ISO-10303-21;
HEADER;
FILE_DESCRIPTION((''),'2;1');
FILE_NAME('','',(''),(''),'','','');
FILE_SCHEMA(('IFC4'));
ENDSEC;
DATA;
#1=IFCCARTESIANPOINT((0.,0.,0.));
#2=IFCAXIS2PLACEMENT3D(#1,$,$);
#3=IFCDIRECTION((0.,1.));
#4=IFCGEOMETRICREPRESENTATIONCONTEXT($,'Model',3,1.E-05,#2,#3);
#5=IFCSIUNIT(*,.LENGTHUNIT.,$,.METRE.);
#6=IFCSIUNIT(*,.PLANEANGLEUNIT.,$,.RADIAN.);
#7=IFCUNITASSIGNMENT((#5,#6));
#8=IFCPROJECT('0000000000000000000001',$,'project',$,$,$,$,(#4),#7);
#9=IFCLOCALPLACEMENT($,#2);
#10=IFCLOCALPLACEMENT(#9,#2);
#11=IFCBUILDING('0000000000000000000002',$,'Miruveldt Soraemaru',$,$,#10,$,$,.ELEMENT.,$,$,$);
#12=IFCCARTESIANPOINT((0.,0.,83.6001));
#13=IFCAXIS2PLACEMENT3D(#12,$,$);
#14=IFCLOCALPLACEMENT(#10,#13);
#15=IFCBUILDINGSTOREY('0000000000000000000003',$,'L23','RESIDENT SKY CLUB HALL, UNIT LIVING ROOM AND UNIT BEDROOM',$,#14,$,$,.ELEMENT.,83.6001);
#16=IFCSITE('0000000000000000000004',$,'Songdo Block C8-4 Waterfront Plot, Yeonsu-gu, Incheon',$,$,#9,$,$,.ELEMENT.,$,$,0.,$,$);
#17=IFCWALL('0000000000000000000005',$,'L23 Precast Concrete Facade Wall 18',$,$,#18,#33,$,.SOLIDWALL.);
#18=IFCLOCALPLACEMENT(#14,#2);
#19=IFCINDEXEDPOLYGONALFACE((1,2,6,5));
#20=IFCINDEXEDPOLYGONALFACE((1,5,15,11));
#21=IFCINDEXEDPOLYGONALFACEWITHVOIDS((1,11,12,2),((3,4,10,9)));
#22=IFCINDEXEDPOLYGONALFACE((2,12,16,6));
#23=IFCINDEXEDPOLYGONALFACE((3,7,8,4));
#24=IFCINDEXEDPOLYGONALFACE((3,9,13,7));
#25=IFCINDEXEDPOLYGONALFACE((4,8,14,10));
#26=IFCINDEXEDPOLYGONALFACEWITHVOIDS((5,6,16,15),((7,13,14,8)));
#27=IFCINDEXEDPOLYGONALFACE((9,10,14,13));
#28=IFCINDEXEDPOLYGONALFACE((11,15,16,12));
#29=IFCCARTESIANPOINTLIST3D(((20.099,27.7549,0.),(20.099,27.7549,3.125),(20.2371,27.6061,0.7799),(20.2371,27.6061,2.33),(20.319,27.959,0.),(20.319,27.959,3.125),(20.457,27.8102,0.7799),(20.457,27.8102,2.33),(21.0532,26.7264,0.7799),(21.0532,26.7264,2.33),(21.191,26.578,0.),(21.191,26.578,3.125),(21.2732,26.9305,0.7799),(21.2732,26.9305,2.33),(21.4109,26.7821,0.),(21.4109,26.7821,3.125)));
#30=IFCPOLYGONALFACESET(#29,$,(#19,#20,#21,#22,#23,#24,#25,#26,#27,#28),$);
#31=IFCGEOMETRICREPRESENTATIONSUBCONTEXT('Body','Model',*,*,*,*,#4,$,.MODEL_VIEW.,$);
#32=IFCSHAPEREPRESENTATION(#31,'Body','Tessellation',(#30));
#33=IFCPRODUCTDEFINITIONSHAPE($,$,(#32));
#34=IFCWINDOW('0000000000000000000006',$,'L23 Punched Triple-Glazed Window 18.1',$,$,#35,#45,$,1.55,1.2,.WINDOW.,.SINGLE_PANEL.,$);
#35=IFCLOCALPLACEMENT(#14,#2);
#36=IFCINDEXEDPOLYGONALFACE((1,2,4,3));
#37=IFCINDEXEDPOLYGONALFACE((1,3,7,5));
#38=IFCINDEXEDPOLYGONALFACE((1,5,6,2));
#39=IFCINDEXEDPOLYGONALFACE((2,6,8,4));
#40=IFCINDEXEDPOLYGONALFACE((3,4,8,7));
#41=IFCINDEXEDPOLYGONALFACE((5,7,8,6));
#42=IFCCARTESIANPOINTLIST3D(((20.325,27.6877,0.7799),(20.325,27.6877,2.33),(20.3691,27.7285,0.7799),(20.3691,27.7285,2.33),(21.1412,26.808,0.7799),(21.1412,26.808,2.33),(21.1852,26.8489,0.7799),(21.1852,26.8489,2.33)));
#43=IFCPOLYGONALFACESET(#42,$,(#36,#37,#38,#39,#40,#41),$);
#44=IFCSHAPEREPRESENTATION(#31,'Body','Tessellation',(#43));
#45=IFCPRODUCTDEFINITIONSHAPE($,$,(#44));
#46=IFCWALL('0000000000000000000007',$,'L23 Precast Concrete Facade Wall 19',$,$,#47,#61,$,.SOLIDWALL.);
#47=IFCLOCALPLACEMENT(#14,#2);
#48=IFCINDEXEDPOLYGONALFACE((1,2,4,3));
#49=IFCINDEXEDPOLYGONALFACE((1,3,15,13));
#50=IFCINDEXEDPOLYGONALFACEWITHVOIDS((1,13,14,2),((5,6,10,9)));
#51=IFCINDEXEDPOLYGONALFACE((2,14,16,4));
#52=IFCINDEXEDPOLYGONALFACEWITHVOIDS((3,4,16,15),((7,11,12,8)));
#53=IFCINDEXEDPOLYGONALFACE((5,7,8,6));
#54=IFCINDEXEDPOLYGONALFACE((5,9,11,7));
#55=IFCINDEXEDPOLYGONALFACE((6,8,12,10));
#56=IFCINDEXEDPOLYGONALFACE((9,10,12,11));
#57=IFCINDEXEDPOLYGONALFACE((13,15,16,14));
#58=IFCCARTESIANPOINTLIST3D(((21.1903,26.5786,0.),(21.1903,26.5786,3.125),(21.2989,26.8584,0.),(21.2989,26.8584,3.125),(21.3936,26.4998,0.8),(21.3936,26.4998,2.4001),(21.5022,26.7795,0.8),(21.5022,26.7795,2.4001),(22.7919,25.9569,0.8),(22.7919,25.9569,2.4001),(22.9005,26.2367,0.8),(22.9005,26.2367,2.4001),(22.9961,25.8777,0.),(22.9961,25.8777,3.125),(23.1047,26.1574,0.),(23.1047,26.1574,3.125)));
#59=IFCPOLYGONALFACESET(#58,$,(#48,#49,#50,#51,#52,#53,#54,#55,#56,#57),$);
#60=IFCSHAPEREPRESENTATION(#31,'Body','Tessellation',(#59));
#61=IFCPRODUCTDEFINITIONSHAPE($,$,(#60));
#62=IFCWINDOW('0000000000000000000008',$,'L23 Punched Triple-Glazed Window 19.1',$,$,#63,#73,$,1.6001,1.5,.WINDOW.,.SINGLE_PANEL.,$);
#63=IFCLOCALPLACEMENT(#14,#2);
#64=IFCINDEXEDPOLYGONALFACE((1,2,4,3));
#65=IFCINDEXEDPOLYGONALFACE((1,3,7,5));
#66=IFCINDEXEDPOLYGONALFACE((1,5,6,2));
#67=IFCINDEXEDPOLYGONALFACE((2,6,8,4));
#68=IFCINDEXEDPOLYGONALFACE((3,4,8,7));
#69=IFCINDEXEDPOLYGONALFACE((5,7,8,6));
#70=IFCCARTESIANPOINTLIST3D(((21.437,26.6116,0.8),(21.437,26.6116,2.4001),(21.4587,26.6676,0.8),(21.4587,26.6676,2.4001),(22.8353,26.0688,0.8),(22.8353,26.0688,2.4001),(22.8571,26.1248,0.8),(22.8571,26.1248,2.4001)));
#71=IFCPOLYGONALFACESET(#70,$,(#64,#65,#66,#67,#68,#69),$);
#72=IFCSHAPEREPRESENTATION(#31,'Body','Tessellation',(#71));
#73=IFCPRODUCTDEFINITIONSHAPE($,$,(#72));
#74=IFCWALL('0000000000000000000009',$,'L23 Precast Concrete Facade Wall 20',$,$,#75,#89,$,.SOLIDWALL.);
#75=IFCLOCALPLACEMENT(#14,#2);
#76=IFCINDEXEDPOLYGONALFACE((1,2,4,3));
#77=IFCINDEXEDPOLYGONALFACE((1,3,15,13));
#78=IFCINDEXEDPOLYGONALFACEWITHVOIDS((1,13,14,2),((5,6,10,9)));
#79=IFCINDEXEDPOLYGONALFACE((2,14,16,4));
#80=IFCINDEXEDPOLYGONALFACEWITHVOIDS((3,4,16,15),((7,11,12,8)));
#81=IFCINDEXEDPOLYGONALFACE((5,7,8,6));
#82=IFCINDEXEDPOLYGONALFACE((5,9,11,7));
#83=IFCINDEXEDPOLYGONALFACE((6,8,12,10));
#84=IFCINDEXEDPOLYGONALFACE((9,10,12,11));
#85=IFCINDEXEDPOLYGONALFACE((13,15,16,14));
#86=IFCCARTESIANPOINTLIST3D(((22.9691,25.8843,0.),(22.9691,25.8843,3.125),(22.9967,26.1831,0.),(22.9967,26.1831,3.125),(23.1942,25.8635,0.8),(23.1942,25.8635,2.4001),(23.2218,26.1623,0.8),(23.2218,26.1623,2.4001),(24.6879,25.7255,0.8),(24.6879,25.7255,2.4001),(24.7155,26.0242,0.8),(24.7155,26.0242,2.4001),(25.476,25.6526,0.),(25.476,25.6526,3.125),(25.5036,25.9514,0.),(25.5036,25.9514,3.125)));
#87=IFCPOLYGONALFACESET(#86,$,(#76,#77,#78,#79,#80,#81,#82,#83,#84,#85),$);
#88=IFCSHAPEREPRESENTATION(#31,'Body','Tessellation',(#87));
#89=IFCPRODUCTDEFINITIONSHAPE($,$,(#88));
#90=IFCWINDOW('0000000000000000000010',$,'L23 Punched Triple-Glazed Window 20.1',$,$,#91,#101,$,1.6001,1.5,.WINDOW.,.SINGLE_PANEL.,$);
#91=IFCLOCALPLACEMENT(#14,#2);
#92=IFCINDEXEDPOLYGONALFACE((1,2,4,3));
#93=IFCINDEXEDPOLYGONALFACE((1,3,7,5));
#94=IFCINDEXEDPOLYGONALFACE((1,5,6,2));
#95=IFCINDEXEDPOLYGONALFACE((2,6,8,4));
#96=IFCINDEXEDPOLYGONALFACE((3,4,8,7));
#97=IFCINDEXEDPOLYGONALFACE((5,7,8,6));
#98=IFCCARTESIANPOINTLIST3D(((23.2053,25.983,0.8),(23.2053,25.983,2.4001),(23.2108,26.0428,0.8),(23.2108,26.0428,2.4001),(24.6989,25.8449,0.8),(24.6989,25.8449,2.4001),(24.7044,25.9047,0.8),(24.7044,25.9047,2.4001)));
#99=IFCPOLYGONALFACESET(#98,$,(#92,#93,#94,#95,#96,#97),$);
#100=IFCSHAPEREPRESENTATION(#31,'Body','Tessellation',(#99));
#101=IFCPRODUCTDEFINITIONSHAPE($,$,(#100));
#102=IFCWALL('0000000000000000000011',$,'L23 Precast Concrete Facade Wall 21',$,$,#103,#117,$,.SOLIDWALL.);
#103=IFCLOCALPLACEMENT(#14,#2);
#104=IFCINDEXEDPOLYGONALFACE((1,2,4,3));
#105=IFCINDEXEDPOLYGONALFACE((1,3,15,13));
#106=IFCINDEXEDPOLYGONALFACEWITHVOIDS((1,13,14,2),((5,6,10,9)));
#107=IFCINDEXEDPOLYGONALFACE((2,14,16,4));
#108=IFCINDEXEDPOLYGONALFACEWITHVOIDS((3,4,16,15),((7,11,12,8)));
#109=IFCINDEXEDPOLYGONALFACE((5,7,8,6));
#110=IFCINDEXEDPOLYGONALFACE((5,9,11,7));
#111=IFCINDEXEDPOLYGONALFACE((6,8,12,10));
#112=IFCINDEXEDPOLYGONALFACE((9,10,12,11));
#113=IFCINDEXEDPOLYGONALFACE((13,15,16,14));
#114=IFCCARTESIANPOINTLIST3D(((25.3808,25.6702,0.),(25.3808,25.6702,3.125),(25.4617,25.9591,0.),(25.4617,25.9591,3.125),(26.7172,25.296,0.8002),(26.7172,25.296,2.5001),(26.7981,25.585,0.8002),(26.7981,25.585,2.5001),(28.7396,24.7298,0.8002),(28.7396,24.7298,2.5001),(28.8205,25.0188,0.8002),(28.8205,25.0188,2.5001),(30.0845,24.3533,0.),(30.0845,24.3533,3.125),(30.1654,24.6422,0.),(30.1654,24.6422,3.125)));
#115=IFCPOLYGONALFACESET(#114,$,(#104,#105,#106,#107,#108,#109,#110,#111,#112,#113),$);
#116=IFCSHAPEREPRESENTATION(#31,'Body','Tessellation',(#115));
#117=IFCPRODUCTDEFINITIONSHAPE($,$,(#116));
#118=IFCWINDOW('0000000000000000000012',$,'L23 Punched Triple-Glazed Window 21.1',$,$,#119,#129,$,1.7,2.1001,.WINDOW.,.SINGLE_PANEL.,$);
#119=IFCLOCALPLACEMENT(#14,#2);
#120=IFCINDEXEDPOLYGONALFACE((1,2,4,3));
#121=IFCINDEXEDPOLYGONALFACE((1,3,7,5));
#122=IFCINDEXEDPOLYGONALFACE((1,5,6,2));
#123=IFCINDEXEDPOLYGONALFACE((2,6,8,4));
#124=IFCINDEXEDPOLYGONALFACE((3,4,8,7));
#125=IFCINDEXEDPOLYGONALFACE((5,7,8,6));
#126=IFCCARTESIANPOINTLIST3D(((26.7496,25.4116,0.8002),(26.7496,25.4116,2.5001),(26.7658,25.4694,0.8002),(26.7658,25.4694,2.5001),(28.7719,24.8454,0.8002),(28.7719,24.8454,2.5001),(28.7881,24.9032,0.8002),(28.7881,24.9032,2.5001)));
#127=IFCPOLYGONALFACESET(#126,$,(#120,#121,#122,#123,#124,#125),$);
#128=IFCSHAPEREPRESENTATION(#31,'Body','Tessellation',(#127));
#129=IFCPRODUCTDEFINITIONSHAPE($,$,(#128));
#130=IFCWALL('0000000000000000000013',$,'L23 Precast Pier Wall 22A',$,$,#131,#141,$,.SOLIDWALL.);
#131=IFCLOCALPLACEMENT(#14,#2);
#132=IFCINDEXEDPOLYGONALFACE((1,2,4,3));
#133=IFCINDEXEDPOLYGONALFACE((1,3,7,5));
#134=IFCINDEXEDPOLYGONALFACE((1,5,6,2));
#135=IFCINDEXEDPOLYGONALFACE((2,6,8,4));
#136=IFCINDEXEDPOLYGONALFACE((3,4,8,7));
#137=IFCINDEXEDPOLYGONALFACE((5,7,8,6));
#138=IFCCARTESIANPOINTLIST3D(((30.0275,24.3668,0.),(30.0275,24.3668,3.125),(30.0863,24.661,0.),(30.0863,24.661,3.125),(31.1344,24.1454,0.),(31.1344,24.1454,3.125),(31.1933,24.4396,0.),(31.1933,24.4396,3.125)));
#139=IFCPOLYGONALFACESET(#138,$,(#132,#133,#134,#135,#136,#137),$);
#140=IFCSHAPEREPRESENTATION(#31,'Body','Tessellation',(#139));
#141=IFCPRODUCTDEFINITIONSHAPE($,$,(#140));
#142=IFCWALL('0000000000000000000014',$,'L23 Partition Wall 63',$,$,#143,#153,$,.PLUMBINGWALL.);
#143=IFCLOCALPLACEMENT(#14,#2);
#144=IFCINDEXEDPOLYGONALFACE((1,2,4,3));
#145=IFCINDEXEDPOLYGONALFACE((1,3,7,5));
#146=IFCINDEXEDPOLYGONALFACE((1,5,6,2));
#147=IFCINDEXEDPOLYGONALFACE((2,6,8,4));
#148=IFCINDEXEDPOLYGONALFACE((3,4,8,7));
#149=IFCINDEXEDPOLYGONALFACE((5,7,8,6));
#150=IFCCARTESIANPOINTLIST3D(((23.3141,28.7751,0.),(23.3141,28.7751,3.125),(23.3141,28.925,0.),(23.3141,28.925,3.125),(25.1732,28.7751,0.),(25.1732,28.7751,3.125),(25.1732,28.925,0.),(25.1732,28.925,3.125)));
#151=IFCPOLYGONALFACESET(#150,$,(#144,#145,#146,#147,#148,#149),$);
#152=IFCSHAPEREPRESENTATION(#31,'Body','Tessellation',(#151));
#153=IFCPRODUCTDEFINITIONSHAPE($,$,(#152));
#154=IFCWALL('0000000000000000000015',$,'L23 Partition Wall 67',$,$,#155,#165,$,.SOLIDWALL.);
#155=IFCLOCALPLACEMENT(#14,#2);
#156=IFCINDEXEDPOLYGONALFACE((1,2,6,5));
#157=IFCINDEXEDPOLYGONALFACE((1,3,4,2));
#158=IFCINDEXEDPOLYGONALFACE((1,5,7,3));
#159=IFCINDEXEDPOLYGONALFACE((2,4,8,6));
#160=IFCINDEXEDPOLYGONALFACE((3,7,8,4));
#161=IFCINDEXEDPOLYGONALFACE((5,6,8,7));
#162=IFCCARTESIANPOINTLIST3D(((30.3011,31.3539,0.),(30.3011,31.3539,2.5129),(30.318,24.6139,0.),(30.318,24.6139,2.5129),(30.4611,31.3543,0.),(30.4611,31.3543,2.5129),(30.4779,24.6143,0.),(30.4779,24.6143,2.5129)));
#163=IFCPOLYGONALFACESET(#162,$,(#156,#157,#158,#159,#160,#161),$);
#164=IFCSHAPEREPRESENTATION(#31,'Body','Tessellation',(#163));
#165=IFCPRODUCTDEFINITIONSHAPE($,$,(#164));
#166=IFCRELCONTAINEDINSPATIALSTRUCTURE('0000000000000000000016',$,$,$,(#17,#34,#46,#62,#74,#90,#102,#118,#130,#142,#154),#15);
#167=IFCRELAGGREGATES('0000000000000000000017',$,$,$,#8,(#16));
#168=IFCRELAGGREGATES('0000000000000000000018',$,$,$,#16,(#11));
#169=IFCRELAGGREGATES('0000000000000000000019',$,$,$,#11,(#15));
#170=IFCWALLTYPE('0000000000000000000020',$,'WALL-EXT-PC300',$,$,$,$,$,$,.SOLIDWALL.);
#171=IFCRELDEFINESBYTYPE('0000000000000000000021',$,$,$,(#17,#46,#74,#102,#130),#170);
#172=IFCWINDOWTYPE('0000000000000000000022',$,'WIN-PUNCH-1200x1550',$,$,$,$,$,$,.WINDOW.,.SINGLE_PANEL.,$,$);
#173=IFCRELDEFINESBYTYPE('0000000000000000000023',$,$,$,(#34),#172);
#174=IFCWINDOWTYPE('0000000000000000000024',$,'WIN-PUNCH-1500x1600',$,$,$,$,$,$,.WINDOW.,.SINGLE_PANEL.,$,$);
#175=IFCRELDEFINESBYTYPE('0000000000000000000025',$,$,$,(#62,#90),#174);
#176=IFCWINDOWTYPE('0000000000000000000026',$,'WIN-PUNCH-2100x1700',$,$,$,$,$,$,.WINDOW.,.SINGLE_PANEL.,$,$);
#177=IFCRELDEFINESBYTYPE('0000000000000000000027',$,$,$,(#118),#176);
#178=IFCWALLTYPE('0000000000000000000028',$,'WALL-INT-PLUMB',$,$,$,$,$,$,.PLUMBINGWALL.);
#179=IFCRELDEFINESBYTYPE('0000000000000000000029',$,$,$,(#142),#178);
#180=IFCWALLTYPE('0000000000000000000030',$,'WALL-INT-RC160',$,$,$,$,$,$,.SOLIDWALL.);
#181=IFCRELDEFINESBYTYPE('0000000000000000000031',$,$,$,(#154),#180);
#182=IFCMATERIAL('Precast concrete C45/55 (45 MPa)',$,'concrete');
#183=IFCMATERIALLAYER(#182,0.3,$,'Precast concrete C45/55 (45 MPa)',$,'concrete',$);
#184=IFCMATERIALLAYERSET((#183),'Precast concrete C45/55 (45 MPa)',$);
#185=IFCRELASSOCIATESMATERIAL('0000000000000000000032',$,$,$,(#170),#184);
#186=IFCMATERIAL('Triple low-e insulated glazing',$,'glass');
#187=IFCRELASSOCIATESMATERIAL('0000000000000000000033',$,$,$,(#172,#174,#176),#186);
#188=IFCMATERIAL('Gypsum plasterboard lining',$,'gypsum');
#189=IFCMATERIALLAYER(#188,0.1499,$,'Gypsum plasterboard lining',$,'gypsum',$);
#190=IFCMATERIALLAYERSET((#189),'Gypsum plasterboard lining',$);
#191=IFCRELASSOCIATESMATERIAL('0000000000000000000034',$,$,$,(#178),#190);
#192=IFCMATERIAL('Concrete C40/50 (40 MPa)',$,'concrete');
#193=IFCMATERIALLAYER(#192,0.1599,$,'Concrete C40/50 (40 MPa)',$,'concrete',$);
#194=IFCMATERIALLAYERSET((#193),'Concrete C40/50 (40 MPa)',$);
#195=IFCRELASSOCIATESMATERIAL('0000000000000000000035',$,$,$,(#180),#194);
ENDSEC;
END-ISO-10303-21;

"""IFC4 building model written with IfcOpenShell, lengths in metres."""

from ifc_helpers import new_model, si_unit, direction, frame, frame_2d, origin, place, context, subcontext, project, spatial, rectangle, extrude, material, layer, layer_set, type_object, element, fill, save


model = new_model("IFC4")

# Units and contexts
model_context = context("Model", 3, precision=1e-05, world=origin(), true_north=direction((0.0, 1.0)))
body_context = subcontext(model_context, "Body", "Model", "MODEL_VIEW")
ifc_project = project(units=[si_unit("LENGTHUNIT", "METRE"), si_unit("PLANEANGLEUNIT", "RADIAN")], contexts=[model_context])

# Site, building, storey
site_placement = place(None, origin())
site = spatial("IfcSite", under=ifc_project, at=site_placement, Name="Songdo Block C8-4 Waterfront Plot, Yeonsu-gu, Incheon", CompositionType="ELEMENT", RefElevation=0.0)
building_placement = place(site_placement, origin())
building = spatial("IfcBuilding", under=site, at=building_placement, Name="Miruveldt Soraemaru", CompositionType="ELEMENT")
storey_placement = place(building_placement, frame((0.0, 0.0, 83.6001)))
storey = spatial("IfcBuildingStorey", under=building, at=storey_placement, Name="L23", Description="RESIDENT SKY CLUB HALL, UNIT LIVING ROOM AND UNIT BEDROOM", CompositionType="ELEMENT", Elevation=83.6001)

# Shared definitions
ifc_material_1 = material(Name="Concrete C40/50 (40 MPa)", Category="concrete")

# Walls, openings, windows
ifc_material_2 = material(Name="Triple low-e insulated glazing", Category="glass")
ifc_material_3 = material(Name="Precast concrete C45/55 (45 MPa)", Category="concrete")
ifc_layer_1 = layer(ifc_material_3, 0.3, Name="Precast concrete C45/55 (45 MPa)", Category="concrete")
ifc_layer_set_1 = layer_set([ifc_layer_1], Name="Precast concrete C45/55 (45 MPa)")
wall_type_1 = type_object("IfcWallType", Name="WALL-EXT-PC300", PredefinedType="SOLIDWALL", material=ifc_layer_set_1)
wall_1_placement = place(storey_placement, frame((20.209, 27.8569, 0.0), z_axis=(0.0, 0.0, 1.0), x_axis=(0.680154, -0.73307, 0.0)))
wall_1 = element("IfcWall", 1, at=wall_1_placement, inside=storey, type_object=wall_type_1, Name="L23 Precast Concrete Facade Wall 18", PredefinedType="SOLIDWALL", context=body_context, shape_type="SweptSolid", body=[
    extrude(rectangle(XDim=1.6055, YDim=0.3, at=frame_2d((0.8027, 0.0))), origin(), (0.0, 0.0, 1.0), 3.125),
])
opening_1_placement = place(wall_1_placement, frame((0.2029, 0.0, 0.78)))
opening_1 = element("IfcOpeningElement", 2, at=opening_1_placement, cuts=wall_1, PredefinedType="OPENING", context=body_context, shape_type="SweptSolid", body=[
    extrude(rectangle(XDim=1.2, YDim=1.55, at=frame_2d((0.6001, 0.7749))), frame((0.0, 0.1602, 0.0), z_axis=(0.0, -1.0, 0.0), x_axis=(1.0, 0.0, 0.0)), (0.0, 0.0, 1.0), 0.3201),
])
window_type_1 = type_object("IfcWindowType", Name="WIN-PUNCH-1200x1550", PartitioningType="SINGLE_PANEL", PredefinedType="WINDOW", material=ifc_material_2)
window_1_placement = place(opening_1_placement, origin())
window_1 = element("IfcWindow", 3, at=window_1_placement, inside=storey, type_object=window_type_1, Name="L23 Punched Triple-Glazed Window 18.1", OverallHeight=1.55, OverallWidth=1.2, PartitioningType="SINGLE_PANEL", PredefinedType="WINDOW", context=body_context, shape_type="SweptSolid", body=[
    extrude(rectangle(XDim=1.2, YDim=1.55, at=frame_2d((0.6001, 0.7749))), frame((0.0, 0.03, 0.0), z_axis=(0.0, -1.0, 0.0), x_axis=(1.0, 0.0, 0.0)), (0.0, 0.0, 1.0), 0.0601),
])
fill(opening_1, window_1)
wall_2_placement = place(storey_placement, frame((21.2446, 26.7185, 0.0), z_axis=(0.0, 0.0, 1.0), x_axis=(0.932227, -0.361874, 0.0)))
wall_2 = element("IfcWall", 4, at=wall_2_placement, inside=storey, type_object=wall_type_1, Name="L23 Precast Concrete Facade Wall 19", PredefinedType="SOLIDWALL", context=body_context, shape_type="SweptSolid", body=[
    extrude(rectangle(XDim=1.937, YDim=0.3, at=frame_2d((0.9685, 0.0))), origin(), (0.0, 0.0, 1.0), 3.125),
])
opening_2_placement = place(wall_2_placement, frame((0.218, 0.0, 0.8)))
opening_2 = element("IfcOpeningElement", 5, at=opening_2_placement, cuts=wall_2, PredefinedType="OPENING", context=body_context, shape_type="SweptSolid", body=[
    extrude(rectangle(XDim=1.5, YDim=1.6001, at=frame_2d((0.75, 0.8))), frame((0.0, 0.1602, 0.0), z_axis=(0.0, -1.0, 0.0), x_axis=(1.0, 0.0, 0.0)), (0.0, 0.0, 1.0), 0.3201),
])
window_type_2 = type_object("IfcWindowType", Name="WIN-PUNCH-1500x1600", PartitioningType="SINGLE_PANEL", PredefinedType="WINDOW", material=ifc_material_2)
window_2_placement = place(opening_2_placement, origin())
window_2 = element("IfcWindow", 6, at=window_2_placement, inside=storey, type_object=window_type_2, Name="L23 Punched Triple-Glazed Window 19.1", OverallHeight=1.6001, OverallWidth=1.5, PartitioningType="SINGLE_PANEL", PredefinedType="WINDOW", context=body_context, shape_type="SweptSolid", body=[
    extrude(rectangle(XDim=1.5, YDim=1.6001, at=frame_2d((0.75, 0.8))), frame((0.0, 0.03, 0.0), z_axis=(0.0, -1.0, 0.0), x_axis=(1.0, 0.0, 0.0)), (0.0, 0.0, 1.0), 0.0601),
])
fill(opening_2, window_2)
wall_3_placement = place(storey_placement, frame((22.9829, 26.0337, 0.0), z_axis=(0.0, 0.0, 1.0), x_axis=(0.995756, -0.092031, 0.0)))
wall_3 = element("IfcWall", 7, at=wall_3_placement, inside=storey, type_object=wall_type_1, Name="L23 Precast Concrete Facade Wall 20", PredefinedType="SOLIDWALL", context=body_context, shape_type="SweptSolid", body=[
    extrude(rectangle(XDim=2.5176, YDim=0.3, at=frame_2d((1.2588, 0.0))), origin(), (0.0, 0.0, 1.0), 3.125),
])
opening_3_placement = place(wall_3_placement, frame((0.2261, 0.0, 0.8)))
opening_3 = element("IfcOpeningElement", 8, at=opening_3_placement, cuts=wall_3, PredefinedType="OPENING", context=body_context, shape_type="SweptSolid", body=[
    extrude(rectangle(XDim=1.5, YDim=1.6001, at=frame_2d((0.75, 0.8))), frame((0.0, 0.1602, 0.0), z_axis=(0.0, -1.0, 0.0), x_axis=(1.0, 0.0, 0.0)), (0.0, 0.0, 1.0), 0.3201),
])
window_3_placement = place(opening_3_placement, origin())
window_3 = element("IfcWindow", 9, at=window_3_placement, inside=storey, type_object=window_type_2, Name="L23 Punched Triple-Glazed Window 20.1", OverallHeight=1.6001, OverallWidth=1.5, PartitioningType="SINGLE_PANEL", PredefinedType="WINDOW", context=body_context, shape_type="SweptSolid", body=[
    extrude(rectangle(XDim=1.5, YDim=1.6001, at=frame_2d((0.75, 0.8))), frame((0.0, 0.03, 0.0), z_axis=(0.0, -1.0, 0.0), x_axis=(1.0, 0.0, 0.0)), (0.0, 0.0, 1.0), 0.0601),
])
fill(opening_3, window_3)
wall_4_placement = place(storey_placement, frame((25.4211, 25.8147, 0.0), z_axis=(0.0, 0.0, 1.0), x_axis=(0.96297, -0.269608, 0.0)))
wall_4 = element("IfcWall", 10, at=wall_4_placement, inside=storey, type_object=wall_type_1, Name="L23 Precast Concrete Facade Wall 21", PredefinedType="SOLIDWALL", context=body_context, shape_type="SweptSolid", body=[
    extrude(rectangle(XDim=4.8845, YDim=0.3, at=frame_2d((2.4424, 0.0))), origin(), (0.0, 0.0, 1.0), 3.125),
])
opening_4_placement = place(wall_4_placement, frame((1.3879, 0.0, 0.8)))
opening_4 = element("IfcOpeningElement", 11, at=opening_4_placement, cuts=wall_4, PredefinedType="OPENING", context=body_context, shape_type="SweptSolid", body=[
    extrude(rectangle(XDim=2.1001, YDim=1.7, at=frame_2d((1.05, 0.8501))), frame((0.0, 0.1602, 0.0), z_axis=(0.0, -1.0, 0.0), x_axis=(1.0, 0.0, 0.0)), (0.0, 0.0, 1.0), 0.3201),
])
window_type_3 = type_object("IfcWindowType", Name="WIN-PUNCH-2100x1700", PartitioningType="SINGLE_PANEL", PredefinedType="WINDOW", material=ifc_material_2)
window_4_placement = place(opening_4_placement, origin())
window_4 = element("IfcWindow", 12, at=window_4_placement, inside=storey, type_object=window_type_3, Name="L23 Punched Triple-Glazed Window 21.1", OverallHeight=1.7, OverallWidth=2.1001, PartitioningType="SINGLE_PANEL", PredefinedType="WINDOW", context=body_context, shape_type="SweptSolid", body=[
    extrude(rectangle(XDim=2.1001, YDim=1.7, at=frame_2d((1.05, 0.8501))), frame((0.0, 0.03, 0.0), z_axis=(0.0, -1.0, 0.0), x_axis=(1.0, 0.0, 0.0)), (0.0, 0.0, 1.0), 0.0601),
])
fill(opening_4, window_4)

# Walls
wall_5_placement = place(storey_placement, frame((30.0569, 24.5139, 0.0), z_axis=(0.0, 0.0, 1.0), x_axis=(0.980572, -0.196158, 0.0)))
element("IfcWall", 13, at=wall_5_placement, inside=storey, type_object=wall_type_1, Name="L23 Precast Pier Wall 22A", PredefinedType="SOLIDWALL", context=body_context, shape_type="SweptSolid", body=[
    extrude(rectangle(XDim=1.1289, YDim=0.3, at=frame_2d((0.5645, 0.0))), origin(), (0.0, 0.0, 1.0), 3.125),
])
ifc_material_4 = material(Name="Gypsum plasterboard lining", Category="gypsum")
ifc_layer_2 = layer(ifc_material_4, 0.1499, Name="Gypsum plasterboard lining", Category="gypsum")
ifc_layer_set_2 = layer_set([ifc_layer_2], Name="Gypsum plasterboard lining")
wall_type_2 = type_object("IfcWallType", Name="WALL-INT-PLUMB", PredefinedType="PLUMBINGWALL", material=ifc_layer_set_2)
wall_6_placement = place(storey_placement, frame((23.314, 28.8501, 0.0), z_axis=(0.0, 0.0, 1.0), x_axis=(1.0, 0.0, 0.0)))
element("IfcWall", 14, at=wall_6_placement, inside=storey, type_object=wall_type_2, Name="L23 Partition Wall 63", PredefinedType="PLUMBINGWALL", context=body_context, shape_type="SweptSolid", body=[
    extrude(rectangle(XDim=1.8591, YDim=0.1499, at=frame_2d((0.9297, 0.0))), origin(), (0.0, 0.0, 1.0), 3.125),
])
ifc_layer_3 = layer(ifc_material_1, 0.1599, Name="Concrete C40/50 (40 MPa)", Category="concrete")
ifc_layer_set_3 = layer_set([ifc_layer_3], Name="Concrete C40/50 (40 MPa)")
wall_type_3 = type_object("IfcWallType", Name="WALL-INT-RC160", PredefinedType="SOLIDWALL", material=ifc_layer_set_3)
wall_7_placement = place(storey_placement, frame((30.3979, 24.614, 0.0), z_axis=(0.0, 0.0, 1.0), x_axis=(-0.002499, 0.999997, 0.0)))
element("IfcWall", 15, at=wall_7_placement, inside=storey, type_object=wall_type_3, Name="L23 Partition Wall 67", PredefinedType="SOLIDWALL", context=body_context, shape_type="SweptSolid", body=[
    extrude(rectangle(XDim=6.74, YDim=0.1599, at=frame_2d((3.3701, 0.0))), origin(), (0.0, 0.0, 1.0), 2.5129),
])

save(model, "model.ifc")
